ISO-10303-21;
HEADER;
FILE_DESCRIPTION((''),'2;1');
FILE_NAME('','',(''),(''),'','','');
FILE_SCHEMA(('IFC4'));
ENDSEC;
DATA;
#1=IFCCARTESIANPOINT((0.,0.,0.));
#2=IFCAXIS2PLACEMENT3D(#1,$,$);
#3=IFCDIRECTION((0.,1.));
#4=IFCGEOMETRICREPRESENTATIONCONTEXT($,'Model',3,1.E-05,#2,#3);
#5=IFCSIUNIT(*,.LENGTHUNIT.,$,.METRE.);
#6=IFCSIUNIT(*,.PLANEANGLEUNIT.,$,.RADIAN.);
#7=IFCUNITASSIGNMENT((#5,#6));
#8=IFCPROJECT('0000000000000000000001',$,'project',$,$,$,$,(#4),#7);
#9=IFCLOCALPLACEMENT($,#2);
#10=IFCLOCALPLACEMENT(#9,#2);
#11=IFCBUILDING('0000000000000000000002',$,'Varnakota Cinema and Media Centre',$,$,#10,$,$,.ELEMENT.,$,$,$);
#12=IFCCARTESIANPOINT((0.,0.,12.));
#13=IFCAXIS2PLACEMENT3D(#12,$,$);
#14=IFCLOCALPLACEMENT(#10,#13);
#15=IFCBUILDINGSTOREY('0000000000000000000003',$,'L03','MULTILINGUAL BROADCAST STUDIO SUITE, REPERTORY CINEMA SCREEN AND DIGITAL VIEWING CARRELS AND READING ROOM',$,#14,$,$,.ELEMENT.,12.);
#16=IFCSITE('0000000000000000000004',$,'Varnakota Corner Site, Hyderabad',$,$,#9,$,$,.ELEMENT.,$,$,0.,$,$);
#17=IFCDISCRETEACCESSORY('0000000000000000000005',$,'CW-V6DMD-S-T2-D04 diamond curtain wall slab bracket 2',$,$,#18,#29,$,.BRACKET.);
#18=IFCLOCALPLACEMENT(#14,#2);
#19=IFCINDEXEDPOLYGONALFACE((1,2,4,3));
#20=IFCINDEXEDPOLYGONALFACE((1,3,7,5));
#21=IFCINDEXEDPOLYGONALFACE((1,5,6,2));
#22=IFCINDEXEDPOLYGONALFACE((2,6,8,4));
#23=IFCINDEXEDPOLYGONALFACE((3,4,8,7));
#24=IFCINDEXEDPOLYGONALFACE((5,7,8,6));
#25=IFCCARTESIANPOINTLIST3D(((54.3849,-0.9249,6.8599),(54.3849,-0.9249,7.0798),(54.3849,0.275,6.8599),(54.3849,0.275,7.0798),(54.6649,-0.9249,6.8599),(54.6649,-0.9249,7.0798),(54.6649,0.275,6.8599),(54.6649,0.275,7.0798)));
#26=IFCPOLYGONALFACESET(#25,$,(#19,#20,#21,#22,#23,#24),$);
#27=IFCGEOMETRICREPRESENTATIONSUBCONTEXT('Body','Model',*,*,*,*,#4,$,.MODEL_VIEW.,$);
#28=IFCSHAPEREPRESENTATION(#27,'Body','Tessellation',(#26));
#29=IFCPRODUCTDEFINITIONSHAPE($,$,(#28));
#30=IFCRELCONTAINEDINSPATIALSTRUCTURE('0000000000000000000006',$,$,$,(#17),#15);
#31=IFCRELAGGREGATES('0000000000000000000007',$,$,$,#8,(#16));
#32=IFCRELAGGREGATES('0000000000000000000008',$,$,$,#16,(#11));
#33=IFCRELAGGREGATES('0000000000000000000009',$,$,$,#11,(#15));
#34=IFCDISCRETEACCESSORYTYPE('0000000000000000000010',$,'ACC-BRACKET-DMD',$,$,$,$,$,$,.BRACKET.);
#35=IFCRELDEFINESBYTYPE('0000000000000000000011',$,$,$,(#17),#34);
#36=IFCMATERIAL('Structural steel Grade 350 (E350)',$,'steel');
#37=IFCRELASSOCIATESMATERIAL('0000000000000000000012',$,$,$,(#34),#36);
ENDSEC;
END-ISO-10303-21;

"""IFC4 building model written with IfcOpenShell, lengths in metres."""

from ifc_helpers import new_model, si_unit, direction, frame, origin, origin_2d, place, context, subcontext, project, spatial, rectangle, extrude, material, type_object, element, save


model = new_model("IFC4")

# Units and contexts
model_context = context("Model", 3, precision=1e-05, world=origin(), true_north=direction((0.0, 1.0)))
body_context = subcontext(model_context, "Body", "Model", "MODEL_VIEW")
ifc_project = project(units=[si_unit("LENGTHUNIT", "METRE"), si_unit("PLANEANGLEUNIT", "RADIAN")], contexts=[model_context])

# Site, building, storey
site_placement = place(None, origin())
site = spatial("IfcSite", under=ifc_project, at=site_placement, Name="Varnakota Corner Site, Hyderabad", CompositionType="ELEMENT", RefElevation=0.0)
building_placement = place(site_placement, origin())
building = spatial("IfcBuilding", under=site, at=building_placement, Name="Varnakota Cinema and Media Centre", CompositionType="ELEMENT")
storey_placement = place(building_placement, frame((0.0, 0.0, 12.0)))
storey = spatial("IfcBuildingStorey", under=building, at=storey_placement, Name="L03", Description="MULTILINGUAL BROADCAST STUDIO SUITE, REPERTORY CINEMA SCREEN AND DIGITAL VIEWING CARRELS AND READING ROOM", CompositionType="ELEMENT", Elevation=12.0)

# Discrete accessory
ifc_material_1 = material(Name="Structural steel Grade 350 (E350)", Category="steel")
discrete_accessory_type = type_object("IfcDiscreteAccessoryType", Name="ACC-BRACKET-DMD", PredefinedType="BRACKET", material=ifc_material_1)
for number, where, z_axis, x_axis, name in (
    (1, (54.5249, -0.325, 6.8599), (0.0, 0.0, 1.0), (-1.0, 0.0, 0.0), "CW-V6DMD-S-T2-D04 diamond curtain wall slab bracket 2"),
):
    element("IfcDiscreteAccessory", number, at=place(storey_placement, frame(where, z_axis=z_axis, x_axis=x_axis)), inside=storey, type_object=discrete_accessory_type, Name=name, PredefinedType="BRACKET", context=body_context, shape_type="SweptSolid", body=[
        extrude(rectangle(XDim=0.28, YDim=1.2, at=origin_2d()), origin(), (0.0, 0.0, 1.0), 0.22),
    ])

save(model, "model.ifc")
